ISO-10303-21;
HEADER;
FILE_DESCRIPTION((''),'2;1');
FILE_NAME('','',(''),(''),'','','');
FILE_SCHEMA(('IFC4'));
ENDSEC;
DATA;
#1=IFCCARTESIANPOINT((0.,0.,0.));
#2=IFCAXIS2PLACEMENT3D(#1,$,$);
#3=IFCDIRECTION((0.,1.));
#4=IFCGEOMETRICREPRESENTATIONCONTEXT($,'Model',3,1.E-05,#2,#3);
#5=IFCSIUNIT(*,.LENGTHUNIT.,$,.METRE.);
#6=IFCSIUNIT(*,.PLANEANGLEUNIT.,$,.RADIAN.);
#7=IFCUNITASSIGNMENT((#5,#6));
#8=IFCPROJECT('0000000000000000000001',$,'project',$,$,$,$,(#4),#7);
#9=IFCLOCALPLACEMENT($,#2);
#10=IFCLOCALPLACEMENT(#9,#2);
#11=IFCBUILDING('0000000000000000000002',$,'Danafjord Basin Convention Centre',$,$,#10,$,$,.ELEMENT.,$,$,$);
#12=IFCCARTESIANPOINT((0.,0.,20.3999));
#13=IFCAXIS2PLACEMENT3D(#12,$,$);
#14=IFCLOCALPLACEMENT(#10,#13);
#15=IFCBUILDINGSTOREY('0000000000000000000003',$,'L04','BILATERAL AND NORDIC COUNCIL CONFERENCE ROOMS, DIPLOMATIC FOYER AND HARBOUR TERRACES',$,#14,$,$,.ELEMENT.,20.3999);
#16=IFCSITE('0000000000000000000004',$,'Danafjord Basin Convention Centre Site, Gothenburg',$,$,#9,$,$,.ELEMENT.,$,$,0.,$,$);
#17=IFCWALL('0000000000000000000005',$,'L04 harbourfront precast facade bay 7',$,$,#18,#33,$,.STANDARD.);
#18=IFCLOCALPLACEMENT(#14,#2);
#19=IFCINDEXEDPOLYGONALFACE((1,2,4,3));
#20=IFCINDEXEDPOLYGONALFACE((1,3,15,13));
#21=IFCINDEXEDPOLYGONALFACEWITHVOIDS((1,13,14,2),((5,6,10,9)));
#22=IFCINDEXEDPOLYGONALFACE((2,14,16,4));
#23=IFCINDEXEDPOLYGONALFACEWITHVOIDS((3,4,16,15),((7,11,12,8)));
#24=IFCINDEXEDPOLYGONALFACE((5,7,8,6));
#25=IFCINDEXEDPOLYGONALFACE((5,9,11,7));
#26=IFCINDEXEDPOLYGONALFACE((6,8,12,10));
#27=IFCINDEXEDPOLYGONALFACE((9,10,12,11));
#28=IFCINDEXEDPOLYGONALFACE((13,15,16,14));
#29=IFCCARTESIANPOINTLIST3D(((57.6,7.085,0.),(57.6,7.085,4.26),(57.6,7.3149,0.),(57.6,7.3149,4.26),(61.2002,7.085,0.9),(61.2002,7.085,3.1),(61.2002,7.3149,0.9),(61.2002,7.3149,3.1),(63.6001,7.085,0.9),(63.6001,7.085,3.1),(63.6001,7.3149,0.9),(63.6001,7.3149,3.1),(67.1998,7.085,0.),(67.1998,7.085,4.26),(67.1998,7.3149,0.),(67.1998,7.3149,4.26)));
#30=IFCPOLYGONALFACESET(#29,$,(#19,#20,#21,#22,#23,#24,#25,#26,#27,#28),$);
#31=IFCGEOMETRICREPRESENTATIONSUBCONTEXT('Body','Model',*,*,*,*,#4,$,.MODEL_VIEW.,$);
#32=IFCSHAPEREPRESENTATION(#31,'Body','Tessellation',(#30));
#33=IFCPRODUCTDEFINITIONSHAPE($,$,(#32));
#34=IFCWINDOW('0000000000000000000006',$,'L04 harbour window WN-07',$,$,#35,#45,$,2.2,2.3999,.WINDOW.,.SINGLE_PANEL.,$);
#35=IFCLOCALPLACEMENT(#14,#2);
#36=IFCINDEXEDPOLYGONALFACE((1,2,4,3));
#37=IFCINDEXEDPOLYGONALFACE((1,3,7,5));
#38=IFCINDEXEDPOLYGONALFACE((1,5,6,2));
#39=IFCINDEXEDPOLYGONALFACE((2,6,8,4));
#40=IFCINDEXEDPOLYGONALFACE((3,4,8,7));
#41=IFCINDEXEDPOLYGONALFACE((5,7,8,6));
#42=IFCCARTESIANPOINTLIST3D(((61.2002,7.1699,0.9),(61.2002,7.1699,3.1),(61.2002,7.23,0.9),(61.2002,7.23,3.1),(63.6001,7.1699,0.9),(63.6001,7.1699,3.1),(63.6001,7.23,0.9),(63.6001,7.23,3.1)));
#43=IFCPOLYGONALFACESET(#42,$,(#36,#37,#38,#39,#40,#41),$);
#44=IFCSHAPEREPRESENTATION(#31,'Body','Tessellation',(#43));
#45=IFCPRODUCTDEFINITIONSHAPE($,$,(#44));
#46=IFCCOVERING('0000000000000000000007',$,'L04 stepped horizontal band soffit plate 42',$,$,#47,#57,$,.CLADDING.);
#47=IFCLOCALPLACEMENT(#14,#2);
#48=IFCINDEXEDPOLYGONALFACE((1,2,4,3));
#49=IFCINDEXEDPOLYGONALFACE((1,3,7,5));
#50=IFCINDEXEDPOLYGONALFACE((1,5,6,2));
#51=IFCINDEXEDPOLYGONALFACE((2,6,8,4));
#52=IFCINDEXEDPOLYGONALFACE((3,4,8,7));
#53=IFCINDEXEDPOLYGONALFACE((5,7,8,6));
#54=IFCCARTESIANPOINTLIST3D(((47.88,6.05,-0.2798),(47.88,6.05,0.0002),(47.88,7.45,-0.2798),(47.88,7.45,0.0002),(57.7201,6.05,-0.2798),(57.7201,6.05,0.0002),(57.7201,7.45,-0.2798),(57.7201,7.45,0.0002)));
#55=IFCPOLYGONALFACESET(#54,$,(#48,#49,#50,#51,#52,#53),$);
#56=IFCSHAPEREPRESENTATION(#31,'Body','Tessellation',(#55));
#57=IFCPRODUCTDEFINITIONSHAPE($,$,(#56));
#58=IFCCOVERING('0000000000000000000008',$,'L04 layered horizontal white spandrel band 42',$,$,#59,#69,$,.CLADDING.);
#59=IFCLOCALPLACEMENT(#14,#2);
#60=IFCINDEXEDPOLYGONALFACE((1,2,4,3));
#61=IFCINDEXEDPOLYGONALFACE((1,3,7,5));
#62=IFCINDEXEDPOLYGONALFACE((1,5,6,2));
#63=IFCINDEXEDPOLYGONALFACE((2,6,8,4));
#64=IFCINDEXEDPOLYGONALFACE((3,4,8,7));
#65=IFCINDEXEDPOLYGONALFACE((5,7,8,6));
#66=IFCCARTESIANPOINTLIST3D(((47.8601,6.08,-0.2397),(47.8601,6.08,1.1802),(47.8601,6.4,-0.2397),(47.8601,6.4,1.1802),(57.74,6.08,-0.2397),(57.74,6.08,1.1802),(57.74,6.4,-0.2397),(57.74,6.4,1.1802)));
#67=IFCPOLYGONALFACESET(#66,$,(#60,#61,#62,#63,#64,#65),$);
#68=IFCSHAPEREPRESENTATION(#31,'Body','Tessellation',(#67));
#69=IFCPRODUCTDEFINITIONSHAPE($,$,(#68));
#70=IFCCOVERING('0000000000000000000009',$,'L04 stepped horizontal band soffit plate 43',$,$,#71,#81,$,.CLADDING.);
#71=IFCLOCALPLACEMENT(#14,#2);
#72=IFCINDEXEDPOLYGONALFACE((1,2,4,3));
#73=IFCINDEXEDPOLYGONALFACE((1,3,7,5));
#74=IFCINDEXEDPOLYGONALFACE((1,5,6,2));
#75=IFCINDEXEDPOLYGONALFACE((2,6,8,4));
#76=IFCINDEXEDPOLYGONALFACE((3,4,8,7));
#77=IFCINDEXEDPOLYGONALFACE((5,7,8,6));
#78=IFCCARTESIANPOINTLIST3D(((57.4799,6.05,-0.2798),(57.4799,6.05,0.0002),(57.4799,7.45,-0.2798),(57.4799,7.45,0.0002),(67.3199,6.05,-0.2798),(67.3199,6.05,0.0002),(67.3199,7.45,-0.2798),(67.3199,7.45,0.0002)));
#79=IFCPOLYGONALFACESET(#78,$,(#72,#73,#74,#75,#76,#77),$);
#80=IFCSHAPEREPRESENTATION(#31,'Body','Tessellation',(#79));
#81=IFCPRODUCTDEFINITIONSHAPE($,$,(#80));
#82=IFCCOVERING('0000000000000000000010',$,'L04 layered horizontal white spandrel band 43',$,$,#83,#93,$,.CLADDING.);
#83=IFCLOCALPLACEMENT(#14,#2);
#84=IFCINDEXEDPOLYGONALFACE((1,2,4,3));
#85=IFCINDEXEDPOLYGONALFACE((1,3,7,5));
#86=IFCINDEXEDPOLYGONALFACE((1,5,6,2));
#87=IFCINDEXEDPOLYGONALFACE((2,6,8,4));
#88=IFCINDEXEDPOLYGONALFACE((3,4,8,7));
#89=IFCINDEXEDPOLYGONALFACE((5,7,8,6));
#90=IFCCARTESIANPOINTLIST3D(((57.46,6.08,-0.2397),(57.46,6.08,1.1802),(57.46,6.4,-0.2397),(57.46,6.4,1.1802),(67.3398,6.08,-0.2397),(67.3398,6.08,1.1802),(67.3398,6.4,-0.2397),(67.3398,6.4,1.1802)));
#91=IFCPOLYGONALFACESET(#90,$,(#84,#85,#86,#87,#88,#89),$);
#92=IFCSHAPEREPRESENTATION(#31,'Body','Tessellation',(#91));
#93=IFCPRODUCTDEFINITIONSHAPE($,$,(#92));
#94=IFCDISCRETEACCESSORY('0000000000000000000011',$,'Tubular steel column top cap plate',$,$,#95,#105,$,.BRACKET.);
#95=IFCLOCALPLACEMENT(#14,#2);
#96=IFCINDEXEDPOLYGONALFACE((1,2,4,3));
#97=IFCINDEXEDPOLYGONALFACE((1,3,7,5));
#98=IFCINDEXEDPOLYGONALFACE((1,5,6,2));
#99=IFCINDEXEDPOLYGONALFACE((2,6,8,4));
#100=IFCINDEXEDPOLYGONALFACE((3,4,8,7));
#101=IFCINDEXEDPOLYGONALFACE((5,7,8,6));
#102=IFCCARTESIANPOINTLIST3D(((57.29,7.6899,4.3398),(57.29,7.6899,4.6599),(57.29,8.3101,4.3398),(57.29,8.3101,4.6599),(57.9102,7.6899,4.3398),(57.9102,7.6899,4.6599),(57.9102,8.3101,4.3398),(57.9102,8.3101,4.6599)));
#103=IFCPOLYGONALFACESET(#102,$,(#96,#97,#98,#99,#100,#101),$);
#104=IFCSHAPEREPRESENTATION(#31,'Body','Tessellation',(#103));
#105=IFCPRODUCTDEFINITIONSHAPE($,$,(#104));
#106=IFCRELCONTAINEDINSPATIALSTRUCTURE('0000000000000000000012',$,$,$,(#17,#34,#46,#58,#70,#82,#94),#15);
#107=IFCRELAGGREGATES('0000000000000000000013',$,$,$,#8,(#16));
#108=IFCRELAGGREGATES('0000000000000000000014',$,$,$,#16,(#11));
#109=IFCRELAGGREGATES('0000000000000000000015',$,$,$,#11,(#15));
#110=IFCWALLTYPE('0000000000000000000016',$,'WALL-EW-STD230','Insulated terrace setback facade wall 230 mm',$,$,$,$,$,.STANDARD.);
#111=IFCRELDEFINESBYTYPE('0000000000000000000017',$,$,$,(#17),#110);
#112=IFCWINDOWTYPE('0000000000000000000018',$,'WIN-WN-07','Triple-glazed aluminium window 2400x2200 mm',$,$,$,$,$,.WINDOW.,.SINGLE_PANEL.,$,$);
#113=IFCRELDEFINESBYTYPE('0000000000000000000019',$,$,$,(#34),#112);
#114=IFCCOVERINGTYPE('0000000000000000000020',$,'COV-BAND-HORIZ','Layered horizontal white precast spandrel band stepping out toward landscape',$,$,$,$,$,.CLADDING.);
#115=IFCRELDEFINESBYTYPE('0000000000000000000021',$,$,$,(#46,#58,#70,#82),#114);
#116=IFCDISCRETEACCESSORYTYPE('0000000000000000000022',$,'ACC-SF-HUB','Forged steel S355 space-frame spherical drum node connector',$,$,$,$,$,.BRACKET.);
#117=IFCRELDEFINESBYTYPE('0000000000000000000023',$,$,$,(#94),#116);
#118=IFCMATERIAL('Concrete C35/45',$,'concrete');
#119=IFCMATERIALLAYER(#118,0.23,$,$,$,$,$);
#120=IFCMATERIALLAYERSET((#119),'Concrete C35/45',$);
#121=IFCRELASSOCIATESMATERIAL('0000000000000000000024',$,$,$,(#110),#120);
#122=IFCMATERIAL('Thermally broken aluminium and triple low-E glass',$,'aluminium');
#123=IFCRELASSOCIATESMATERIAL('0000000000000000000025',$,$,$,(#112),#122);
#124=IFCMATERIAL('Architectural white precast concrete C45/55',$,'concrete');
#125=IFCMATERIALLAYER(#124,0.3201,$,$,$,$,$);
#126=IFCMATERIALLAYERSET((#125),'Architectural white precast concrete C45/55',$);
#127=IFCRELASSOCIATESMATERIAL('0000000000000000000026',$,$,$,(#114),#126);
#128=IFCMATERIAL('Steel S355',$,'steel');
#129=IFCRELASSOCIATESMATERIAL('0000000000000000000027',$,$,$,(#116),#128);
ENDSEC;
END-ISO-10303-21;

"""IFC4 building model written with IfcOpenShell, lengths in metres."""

from ifc_helpers import new_model, si_unit, direction, frame, frame_2d, origin, origin_2d, place, context, subcontext, project, spatial, rectangle, extrude, material, layer, layer_set, type_object, element, fill, save


model = new_model("IFC4")

# Units and contexts
model_context = context("Model", 3, precision=1e-05, world=origin(), true_north=direction((0.0, 1.0)))
body_context = subcontext(model_context, "Body", "Model", "MODEL_VIEW")
ifc_project = project(units=[si_unit("LENGTHUNIT", "METRE"), si_unit("PLANEANGLEUNIT", "RADIAN")], contexts=[model_context])

# Site, building, storey
site_placement = place(None, origin())
site = spatial("IfcSite", under=ifc_project, at=site_placement, Name="Danafjord Basin Convention Centre Site, Gothenburg", CompositionType="ELEMENT", RefElevation=0.0)
building_placement = place(site_placement, origin())
building = spatial("IfcBuilding", under=site, at=building_placement, Name="Danafjord Basin Convention Centre", CompositionType="ELEMENT")
storey_placement = place(building_placement, frame((0.0, 0.0, 20.3999)))
storey = spatial("IfcBuildingStorey", under=building, at=storey_placement, Name="L04", Description="BILATERAL AND NORDIC COUNCIL CONFERENCE ROOMS, DIPLOMATIC FOYER AND HARBOUR TERRACES", CompositionType="ELEMENT", Elevation=20.3999)

# Shared definitions
ifc_material_1 = material(Name="Steel S355", Category="steel")

# Wall, opening, window
ifc_material_2 = material(Name="Concrete C35/45", Category="concrete")
ifc_layer_1 = layer(ifc_material_2, 0.23)
ifc_layer_set_1 = layer_set([ifc_layer_1], Name="Concrete C35/45")
wall_type = type_object("IfcWallType", Name="WALL-EW-STD230", Description="Insulated terrace setback facade wall 230 mm", PredefinedType="STANDARD", material=ifc_layer_set_1)
wall_placement = place(storey_placement, frame((57.6001, 7.2, 0.0), z_axis=(0.0, 0.0, 1.0), x_axis=(1.0, 0.0, 0.0)))
wall = element("IfcWall", 1, at=wall_placement, inside=storey, type_object=wall_type, Name="L04 harbourfront precast facade bay 7", PredefinedType="STANDARD", context=body_context, shape_type="SweptSolid", body=[
    extrude(rectangle(XDim=9.5999, YDim=0.23, at=frame_2d((4.7998, 0.0))), origin(), (0.0, 0.0, 1.0), 4.26),
])
opening_placement = place(wall_placement, frame((3.6001, 0.0, 0.8999)))
opening = element("IfcOpeningElement", 2, at=opening_placement, cuts=wall, PredefinedType="OPENING", context=body_context, shape_type="SweptSolid", body=[
    extrude(rectangle(XDim=2.3999, YDim=2.2, at=frame_2d((1.2, 1.1001))), frame((0.0, 0.125, 0.0), z_axis=(0.0, -1.0, 0.0), x_axis=(1.0, 0.0, 0.0)), (0.0, 0.0, 1.0), 0.25),
])
ifc_material_3 = material(Name="Thermally broken aluminium and triple low-E glass", Category="aluminium")
window_type = type_object("IfcWindowType", Name="WIN-WN-07", Description="Triple-glazed aluminium window 2400x2200 mm", PartitioningType="SINGLE_PANEL", PredefinedType="WINDOW", material=ifc_material_3)
window_placement = place(opening_placement, origin())
window = element("IfcWindow", 3, at=window_placement, inside=storey, type_object=window_type, Name="L04 harbour window WN-07", OverallHeight=2.2, OverallWidth=2.3999, PartitioningType="SINGLE_PANEL", PredefinedType="WINDOW", context=body_context, shape_type="SweptSolid", body=[
    extrude(rectangle(XDim=2.3999, YDim=2.2, at=frame_2d((1.2, 1.1001))), frame((0.0, 0.03, 0.0), z_axis=(0.0, -1.0, 0.0), x_axis=(1.0, 0.0, 0.0)), (0.0, 0.0, 1.0), 0.0601),
])
fill(opening, window)

# Coverings
ifc_material_4 = material(Name="Architectural white precast concrete C45/55", Category="concrete")
ifc_layer_2 = layer(ifc_material_4, 0.3201)
ifc_layer_set_2 = layer_set([ifc_layer_2], Name="Architectural white precast concrete C45/55")
covering_type = type_object("IfcCoveringType", Name="COV-BAND-HORIZ", Description="Layered horizontal white precast spandrel band stepping out toward landscape", PredefinedType="CLADDING", material=ifc_layer_set_2)
covering_1_placement = place(storey_placement, frame((52.8, 6.75, -0.2798), z_axis=(0.0, 0.0, 1.0), x_axis=(1.0, 0.0, 0.0)))
element("IfcCovering", 4, at=covering_1_placement, inside=storey, type_object=covering_type, Name="L04 stepped horizontal band soffit plate 42", PredefinedType="CLADDING", context=body_context, shape_type="SweptSolid", body=[
    extrude(rectangle(XDim=9.8401, YDim=1.3999, at=origin_2d()), origin(), (0.0, 0.0, 1.0), 0.28),
])
covering_2_placement = place(storey_placement, frame((52.8, 6.24, -0.2397), z_axis=(0.0, 0.0, 1.0), x_axis=(1.0, 0.0, 0.0)))
element("IfcCovering", 5, at=covering_2_placement, inside=storey, type_object=covering_type, Name="L04 layered horizontal white spandrel band 42", PredefinedType="CLADDING", context=body_context, shape_type="SweptSolid", body=[
    extrude(rectangle(XDim=9.8799, YDim=0.3201, at=origin_2d()), origin(), (0.0, 0.0, 1.0), 1.4199),
])
covering_3_placement = place(storey_placement, frame((62.3999, 6.75, -0.2798), z_axis=(0.0, 0.0, 1.0), x_axis=(1.0, 0.0, 0.0)))
element("IfcCovering", 6, at=covering_3_placement, inside=storey, type_object=covering_type, Name="L04 stepped horizontal band soffit plate 43", PredefinedType="CLADDING", context=body_context, shape_type="SweptSolid", body=[
    extrude(rectangle(XDim=9.8401, YDim=1.3999, at=origin_2d()), origin(), (0.0, 0.0, 1.0), 0.28),
])
covering_4_placement = place(storey_placement, frame((62.3999, 6.24, -0.2397), z_axis=(0.0, 0.0, 1.0), x_axis=(1.0, 0.0, 0.0)))
element("IfcCovering", 7, at=covering_4_placement, inside=storey, type_object=covering_type, Name="L04 layered horizontal white spandrel band 43", PredefinedType="CLADDING", context=body_context, shape_type="SweptSolid", body=[
    extrude(rectangle(XDim=9.8799, YDim=0.3201, at=origin_2d()), origin(), (0.0, 0.0, 1.0), 1.4199),
])

# Discrete accessory
discrete_accessory_type = type_object("IfcDiscreteAccessoryType", Name="ACC-SF-HUB", Description="Forged steel S355 space-frame spherical drum node connector", PredefinedType="BRACKET", material=ifc_material_1)
discrete_accessory_placement = place(storey_placement, frame((57.6001, 8.0, 4.3398), z_axis=(0.0, 0.0, 1.0), x_axis=(1.0, 0.0, 0.0)))
element("IfcDiscreteAccessory", 8, at=discrete_accessory_placement, inside=storey, type_object=discrete_accessory_type, Name="Tubular steel column top cap plate", PredefinedType="BRACKET", context=body_context, shape_type="SweptSolid", body=[
    extrude(rectangle(XDim=0.6201, YDim=0.6201, at=origin_2d()), origin(), (0.0, 0.0, 1.0), 0.3201),
])

save(model, "model.ifc")
